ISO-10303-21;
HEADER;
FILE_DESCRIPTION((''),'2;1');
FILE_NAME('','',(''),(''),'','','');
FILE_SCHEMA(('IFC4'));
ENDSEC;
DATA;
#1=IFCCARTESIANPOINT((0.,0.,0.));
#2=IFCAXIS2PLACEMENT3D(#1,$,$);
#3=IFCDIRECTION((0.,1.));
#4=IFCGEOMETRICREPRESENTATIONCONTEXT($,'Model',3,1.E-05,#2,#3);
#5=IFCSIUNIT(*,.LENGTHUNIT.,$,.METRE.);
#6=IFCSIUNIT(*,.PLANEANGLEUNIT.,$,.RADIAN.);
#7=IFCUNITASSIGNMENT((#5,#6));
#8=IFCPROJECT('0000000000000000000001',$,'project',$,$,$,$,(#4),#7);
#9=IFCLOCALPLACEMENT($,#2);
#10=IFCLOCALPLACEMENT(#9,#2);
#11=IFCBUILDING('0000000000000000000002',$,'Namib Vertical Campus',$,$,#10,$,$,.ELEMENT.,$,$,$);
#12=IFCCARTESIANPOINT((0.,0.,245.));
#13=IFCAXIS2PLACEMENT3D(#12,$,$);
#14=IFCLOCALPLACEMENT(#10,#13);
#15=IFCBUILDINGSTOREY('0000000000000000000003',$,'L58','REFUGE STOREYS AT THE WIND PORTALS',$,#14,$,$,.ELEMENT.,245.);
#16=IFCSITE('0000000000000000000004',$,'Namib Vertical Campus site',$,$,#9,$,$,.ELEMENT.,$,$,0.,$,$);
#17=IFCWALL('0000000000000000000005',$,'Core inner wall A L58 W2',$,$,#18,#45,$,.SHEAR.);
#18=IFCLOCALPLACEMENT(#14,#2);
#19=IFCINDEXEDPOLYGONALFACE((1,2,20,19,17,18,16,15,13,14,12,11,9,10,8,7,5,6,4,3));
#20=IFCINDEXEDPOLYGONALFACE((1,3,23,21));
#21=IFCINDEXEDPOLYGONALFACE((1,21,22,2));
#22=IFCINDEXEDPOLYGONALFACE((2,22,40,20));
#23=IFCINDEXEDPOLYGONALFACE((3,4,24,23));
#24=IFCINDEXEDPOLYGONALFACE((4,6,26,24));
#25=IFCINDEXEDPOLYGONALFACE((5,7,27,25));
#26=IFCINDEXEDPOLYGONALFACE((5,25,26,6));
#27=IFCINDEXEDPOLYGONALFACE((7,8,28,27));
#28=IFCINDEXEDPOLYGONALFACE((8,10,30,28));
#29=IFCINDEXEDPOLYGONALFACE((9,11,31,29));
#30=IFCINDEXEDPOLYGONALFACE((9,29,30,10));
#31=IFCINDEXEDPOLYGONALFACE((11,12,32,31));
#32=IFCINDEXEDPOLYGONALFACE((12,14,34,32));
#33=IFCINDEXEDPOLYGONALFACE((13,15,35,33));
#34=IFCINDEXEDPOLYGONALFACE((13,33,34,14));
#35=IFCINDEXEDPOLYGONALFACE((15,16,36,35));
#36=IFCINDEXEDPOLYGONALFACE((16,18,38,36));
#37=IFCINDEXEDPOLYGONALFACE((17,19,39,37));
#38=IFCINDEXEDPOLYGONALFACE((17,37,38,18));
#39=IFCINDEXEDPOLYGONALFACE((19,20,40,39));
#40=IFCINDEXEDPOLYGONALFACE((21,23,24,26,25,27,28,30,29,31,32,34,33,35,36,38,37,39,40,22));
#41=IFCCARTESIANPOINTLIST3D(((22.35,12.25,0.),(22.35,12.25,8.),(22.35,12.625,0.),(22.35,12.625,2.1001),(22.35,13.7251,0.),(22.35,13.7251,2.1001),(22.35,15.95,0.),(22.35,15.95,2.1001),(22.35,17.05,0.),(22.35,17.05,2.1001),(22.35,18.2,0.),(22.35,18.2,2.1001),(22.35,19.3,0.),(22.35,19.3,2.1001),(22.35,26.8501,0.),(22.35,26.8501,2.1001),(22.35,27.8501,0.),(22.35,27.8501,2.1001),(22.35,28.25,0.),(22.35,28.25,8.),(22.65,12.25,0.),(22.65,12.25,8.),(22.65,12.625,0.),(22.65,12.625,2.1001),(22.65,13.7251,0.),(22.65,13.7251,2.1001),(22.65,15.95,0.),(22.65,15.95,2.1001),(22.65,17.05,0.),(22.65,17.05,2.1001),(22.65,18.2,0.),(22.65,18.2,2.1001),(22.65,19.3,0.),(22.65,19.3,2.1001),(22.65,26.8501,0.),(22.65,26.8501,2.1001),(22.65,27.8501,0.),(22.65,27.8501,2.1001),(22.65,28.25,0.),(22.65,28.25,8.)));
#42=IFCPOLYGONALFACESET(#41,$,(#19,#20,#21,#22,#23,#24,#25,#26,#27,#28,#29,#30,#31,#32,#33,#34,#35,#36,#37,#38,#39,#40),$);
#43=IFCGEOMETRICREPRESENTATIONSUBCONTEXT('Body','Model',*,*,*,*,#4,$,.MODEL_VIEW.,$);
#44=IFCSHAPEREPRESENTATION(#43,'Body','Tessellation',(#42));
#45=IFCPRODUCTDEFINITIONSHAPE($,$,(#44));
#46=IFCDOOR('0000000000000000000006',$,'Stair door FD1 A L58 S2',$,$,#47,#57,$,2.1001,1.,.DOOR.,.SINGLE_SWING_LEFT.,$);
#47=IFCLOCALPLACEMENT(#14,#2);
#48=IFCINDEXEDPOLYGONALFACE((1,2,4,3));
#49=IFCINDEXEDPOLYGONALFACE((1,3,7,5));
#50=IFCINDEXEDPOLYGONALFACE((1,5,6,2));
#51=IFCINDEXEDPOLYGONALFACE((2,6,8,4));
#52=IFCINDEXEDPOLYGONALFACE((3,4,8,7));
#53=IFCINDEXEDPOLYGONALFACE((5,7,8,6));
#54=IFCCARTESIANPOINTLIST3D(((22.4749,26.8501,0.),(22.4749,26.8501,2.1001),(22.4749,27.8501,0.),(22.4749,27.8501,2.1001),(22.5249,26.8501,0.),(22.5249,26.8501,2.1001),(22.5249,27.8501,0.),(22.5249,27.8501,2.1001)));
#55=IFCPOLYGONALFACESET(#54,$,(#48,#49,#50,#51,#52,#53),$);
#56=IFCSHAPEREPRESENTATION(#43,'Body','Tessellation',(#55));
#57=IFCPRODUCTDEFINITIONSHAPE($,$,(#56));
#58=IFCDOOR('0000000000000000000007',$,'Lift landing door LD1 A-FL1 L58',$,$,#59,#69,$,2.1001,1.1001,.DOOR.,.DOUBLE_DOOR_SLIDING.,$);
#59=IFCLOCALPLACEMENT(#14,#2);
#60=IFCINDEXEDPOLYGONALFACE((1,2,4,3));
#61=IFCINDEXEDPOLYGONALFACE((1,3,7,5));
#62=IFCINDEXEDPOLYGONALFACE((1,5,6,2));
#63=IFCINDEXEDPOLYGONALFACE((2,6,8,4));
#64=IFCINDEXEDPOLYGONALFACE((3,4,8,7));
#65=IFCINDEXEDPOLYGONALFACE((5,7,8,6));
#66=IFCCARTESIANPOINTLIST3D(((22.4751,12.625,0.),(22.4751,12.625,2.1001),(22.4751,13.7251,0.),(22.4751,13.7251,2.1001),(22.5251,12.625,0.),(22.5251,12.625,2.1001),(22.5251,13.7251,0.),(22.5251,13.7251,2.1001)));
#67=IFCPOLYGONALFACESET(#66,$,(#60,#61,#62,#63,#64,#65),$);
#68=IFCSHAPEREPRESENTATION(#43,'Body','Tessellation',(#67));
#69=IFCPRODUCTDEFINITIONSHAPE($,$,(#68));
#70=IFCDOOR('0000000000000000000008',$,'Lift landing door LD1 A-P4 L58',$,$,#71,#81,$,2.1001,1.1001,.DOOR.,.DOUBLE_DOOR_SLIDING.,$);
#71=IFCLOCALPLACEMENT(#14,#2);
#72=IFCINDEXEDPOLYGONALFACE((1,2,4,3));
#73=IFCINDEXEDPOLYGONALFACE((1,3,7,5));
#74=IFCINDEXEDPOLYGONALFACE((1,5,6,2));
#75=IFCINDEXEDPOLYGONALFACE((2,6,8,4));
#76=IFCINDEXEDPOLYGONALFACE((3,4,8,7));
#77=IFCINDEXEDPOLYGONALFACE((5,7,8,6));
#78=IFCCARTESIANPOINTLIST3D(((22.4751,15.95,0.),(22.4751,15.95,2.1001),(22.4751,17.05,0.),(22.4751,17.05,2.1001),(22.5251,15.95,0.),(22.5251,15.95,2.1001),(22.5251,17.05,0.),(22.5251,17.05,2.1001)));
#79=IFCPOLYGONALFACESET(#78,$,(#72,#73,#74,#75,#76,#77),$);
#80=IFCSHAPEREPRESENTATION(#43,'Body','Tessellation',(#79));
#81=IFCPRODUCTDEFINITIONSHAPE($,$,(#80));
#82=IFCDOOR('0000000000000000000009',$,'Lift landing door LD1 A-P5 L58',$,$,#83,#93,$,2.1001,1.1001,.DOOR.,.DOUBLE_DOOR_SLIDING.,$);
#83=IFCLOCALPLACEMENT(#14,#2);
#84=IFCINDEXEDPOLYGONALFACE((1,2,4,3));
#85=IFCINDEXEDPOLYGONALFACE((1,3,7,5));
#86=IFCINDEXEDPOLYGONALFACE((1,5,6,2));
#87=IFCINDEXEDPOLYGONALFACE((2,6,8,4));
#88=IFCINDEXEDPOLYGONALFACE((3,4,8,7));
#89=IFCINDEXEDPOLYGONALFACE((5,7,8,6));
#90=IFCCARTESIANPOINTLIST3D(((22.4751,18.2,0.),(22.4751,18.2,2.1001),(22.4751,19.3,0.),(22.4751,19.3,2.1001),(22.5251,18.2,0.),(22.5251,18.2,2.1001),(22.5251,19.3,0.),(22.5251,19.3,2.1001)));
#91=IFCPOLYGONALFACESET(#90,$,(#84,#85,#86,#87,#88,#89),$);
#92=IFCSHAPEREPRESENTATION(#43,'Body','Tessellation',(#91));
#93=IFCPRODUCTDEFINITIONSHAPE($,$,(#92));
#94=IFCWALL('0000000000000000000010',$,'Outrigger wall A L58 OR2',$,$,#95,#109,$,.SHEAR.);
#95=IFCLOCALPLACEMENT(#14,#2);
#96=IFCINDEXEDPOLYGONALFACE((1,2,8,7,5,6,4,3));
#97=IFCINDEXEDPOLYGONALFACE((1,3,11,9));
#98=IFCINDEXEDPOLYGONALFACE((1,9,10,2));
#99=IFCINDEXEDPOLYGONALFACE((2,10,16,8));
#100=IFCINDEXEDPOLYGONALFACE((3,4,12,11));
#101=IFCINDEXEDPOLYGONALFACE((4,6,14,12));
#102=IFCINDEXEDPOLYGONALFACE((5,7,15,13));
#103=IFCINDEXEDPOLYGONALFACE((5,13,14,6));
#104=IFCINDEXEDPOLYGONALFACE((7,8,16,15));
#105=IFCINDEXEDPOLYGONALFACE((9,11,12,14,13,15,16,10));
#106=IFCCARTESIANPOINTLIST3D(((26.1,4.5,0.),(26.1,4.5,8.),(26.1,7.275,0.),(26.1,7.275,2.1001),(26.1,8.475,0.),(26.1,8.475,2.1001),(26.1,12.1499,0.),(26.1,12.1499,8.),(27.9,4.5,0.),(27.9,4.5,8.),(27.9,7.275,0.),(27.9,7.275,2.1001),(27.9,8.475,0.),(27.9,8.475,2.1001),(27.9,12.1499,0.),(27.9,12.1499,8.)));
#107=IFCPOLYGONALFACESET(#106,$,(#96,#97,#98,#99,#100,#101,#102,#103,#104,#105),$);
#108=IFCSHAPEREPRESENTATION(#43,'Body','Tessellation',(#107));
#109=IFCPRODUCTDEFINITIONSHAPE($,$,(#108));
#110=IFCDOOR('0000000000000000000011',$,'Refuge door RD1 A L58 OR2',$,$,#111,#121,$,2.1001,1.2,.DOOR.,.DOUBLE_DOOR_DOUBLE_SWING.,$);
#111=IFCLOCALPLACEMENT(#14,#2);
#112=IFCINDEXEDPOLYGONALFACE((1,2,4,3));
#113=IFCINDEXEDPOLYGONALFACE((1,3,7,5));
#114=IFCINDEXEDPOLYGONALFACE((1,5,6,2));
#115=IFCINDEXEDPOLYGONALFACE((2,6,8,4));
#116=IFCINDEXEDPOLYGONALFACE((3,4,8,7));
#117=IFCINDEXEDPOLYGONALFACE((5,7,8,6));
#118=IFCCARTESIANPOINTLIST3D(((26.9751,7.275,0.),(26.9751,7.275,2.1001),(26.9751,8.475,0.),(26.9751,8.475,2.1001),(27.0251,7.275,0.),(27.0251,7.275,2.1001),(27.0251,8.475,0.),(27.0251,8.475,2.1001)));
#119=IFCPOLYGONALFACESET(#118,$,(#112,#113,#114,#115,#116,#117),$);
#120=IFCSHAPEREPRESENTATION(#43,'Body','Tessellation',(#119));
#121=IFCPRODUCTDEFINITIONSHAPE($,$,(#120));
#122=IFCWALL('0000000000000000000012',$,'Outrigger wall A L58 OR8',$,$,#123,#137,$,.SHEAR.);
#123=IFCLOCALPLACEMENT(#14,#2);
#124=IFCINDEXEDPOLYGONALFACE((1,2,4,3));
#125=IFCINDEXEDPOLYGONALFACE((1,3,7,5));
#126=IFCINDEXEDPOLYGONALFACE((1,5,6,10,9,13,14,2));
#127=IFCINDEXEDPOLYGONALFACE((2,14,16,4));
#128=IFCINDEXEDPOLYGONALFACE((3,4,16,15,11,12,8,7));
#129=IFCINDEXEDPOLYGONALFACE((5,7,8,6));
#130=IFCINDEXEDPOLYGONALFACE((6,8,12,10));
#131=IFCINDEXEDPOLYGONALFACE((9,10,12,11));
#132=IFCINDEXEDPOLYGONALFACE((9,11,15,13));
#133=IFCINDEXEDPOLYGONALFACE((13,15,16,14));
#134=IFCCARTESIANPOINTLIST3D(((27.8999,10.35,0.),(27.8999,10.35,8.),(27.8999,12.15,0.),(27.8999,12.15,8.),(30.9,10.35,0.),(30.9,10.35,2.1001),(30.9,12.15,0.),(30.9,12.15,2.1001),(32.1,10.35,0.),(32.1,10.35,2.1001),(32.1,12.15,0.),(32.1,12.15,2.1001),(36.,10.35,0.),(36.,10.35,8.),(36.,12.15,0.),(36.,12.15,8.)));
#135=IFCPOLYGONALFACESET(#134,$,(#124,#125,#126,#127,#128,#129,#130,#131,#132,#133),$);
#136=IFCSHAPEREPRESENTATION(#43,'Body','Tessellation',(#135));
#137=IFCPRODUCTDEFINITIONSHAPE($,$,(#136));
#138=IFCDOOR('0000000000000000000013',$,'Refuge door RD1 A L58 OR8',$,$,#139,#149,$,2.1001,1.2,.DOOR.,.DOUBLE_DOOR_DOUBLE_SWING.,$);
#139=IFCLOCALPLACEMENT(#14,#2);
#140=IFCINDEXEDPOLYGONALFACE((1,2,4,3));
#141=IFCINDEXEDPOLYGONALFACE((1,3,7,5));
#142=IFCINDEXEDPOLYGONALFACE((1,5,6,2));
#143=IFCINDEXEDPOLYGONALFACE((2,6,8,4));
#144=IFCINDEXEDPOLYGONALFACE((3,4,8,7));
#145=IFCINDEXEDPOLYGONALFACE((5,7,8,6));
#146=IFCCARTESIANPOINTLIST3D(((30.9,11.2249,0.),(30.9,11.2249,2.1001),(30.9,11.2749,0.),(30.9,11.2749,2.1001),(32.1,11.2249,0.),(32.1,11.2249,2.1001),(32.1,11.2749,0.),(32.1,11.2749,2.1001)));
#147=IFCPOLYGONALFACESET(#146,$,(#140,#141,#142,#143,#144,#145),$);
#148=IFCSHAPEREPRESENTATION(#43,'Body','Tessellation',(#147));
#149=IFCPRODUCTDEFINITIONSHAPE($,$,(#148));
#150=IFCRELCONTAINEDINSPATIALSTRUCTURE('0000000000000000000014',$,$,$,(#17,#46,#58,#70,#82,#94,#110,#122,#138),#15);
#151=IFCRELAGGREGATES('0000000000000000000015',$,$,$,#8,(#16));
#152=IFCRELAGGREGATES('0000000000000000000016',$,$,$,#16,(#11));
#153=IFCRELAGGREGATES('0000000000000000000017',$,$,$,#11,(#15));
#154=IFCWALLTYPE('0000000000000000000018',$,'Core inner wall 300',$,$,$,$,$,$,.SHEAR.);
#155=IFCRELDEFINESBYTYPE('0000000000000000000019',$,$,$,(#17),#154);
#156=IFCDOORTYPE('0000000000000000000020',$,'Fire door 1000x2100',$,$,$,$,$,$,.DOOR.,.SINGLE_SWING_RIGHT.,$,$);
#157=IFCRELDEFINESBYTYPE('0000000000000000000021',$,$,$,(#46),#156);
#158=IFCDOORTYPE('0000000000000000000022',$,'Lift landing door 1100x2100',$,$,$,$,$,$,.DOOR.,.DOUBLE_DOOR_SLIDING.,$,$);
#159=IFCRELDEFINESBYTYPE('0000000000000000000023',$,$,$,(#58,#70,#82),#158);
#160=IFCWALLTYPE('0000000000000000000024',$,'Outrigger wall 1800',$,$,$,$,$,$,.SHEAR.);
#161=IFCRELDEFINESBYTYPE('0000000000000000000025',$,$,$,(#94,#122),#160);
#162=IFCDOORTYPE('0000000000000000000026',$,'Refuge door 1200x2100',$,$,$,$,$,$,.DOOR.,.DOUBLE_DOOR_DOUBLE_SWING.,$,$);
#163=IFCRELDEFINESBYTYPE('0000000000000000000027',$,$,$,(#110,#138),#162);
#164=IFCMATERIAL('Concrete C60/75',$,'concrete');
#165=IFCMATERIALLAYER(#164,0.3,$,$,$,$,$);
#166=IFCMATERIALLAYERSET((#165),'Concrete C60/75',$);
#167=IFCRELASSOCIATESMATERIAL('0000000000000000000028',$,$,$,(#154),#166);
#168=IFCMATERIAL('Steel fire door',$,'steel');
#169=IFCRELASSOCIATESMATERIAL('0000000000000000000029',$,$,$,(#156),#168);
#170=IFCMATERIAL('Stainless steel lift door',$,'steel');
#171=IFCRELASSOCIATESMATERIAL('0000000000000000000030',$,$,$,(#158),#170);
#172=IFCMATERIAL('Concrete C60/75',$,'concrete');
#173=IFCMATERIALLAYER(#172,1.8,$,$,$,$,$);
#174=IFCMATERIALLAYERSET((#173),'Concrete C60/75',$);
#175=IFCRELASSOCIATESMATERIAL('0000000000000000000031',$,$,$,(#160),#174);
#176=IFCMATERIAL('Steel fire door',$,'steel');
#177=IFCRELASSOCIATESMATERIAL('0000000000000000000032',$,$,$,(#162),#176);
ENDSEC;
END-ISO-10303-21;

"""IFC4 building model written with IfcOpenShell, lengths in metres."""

from ifc_helpers import new_model, si_unit, direction, frame, frame_2d, origin, place, context, subcontext, project, spatial, rectangle, extrude, material, layer, layer_set, type_object, element, fill, save


model = new_model("IFC4")

# Units and contexts
model_context = context("Model", 3, precision=1e-05, world=origin(), true_north=direction((0.0, 1.0)))
body_context = subcontext(model_context, "Body", "Model", "MODEL_VIEW")
ifc_project = project(units=[si_unit("LENGTHUNIT", "METRE"), si_unit("PLANEANGLEUNIT", "RADIAN")], contexts=[model_context])

# Site, building, storey
site_placement = place(None, origin())
site = spatial("IfcSite", under=ifc_project, at=site_placement, Name="Namib Vertical Campus site", CompositionType="ELEMENT", RefElevation=0.0)
building_placement = place(site_placement, origin())
building = spatial("IfcBuilding", under=site, at=building_placement, Name="Namib Vertical Campus", CompositionType="ELEMENT")
storey_placement = place(building_placement, frame((0.0, 0.0, 245.0)))
storey = spatial("IfcBuildingStorey", under=building, at=storey_placement, Name="L58", Description="REFUGE STOREYS AT THE WIND PORTALS", CompositionType="ELEMENT", Elevation=245.0)

# Wall, openings, doors
ifc_material_1 = material(Name="Concrete C60/75", Category="concrete")
ifc_layer_1 = layer(ifc_material_1, 0.3)
ifc_layer_set_1 = layer_set([ifc_layer_1], Name="Concrete C60/75")
wall_type_1 = type_object("IfcWallType", Name="Core inner wall 300", PredefinedType="SHEAR", material=ifc_layer_set_1)
ifc_material_2 = material(Name="Steel fire door", Category="steel")
door_type_1 = type_object("IfcDoorType", Name="Fire door 1000x2100", OperationType="SINGLE_SWING_RIGHT", PredefinedType="DOOR", material=ifc_material_2)
ifc_material_3 = material(Name="Stainless steel lift door", Category="steel")
door_type_2 = type_object("IfcDoorType", Name="Lift landing door 1100x2100", OperationType="DOUBLE_DOOR_SLIDING", PredefinedType="DOOR", material=ifc_material_3)
wall_1_placement = place(storey_placement, frame((22.5, 12.25, 0.0), z_axis=(0.0, 0.0, 1.0), x_axis=(0.0, 1.0, 0.0)))
wall_1 = element("IfcWall", 1, at=wall_1_placement, inside=storey, type_object=wall_type_1, Name="Core inner wall A L58 W2", PredefinedType="SHEAR", context=body_context, shape_type="SweptSolid", body=[
    extrude(rectangle(XDim=16.0, YDim=0.3, at=frame_2d((8.0, 0.0))), origin(), (0.0, 0.0, 1.0), 8.0),
])
opening_1_placement = place(wall_1_placement, frame((14.6001, 0.0, 0.0)))
opening_1 = element("IfcOpeningElement", 2, at=opening_1_placement, cuts=wall_1, PredefinedType="OPENING", context=body_context, shape_type="SweptSolid", body=[
    extrude(rectangle(XDim=1.0, YDim=2.1001, at=frame_2d((0.5, 1.05))), frame((0.0, 0.1599, 0.0), z_axis=(0.0, -1.0, 0.0), x_axis=(1.0, 0.0, 0.0)), (0.0, 0.0, 1.0), 0.3201),
])
opening_2_placement = place(wall_1_placement, frame((0.375, 0.0, 0.0)))
opening_2 = element("IfcOpeningElement", 3, at=opening_2_placement, cuts=wall_1, PredefinedType="OPENING", context=body_context, shape_type="SweptSolid", body=[
    extrude(rectangle(XDim=1.1001, YDim=2.1001, at=frame_2d((0.55, 1.05))), frame((0.0, 0.1599, 0.0), z_axis=(0.0, -1.0, 0.0), x_axis=(1.0, 0.0, 0.0)), (0.0, 0.0, 1.0), 0.3201),
])
opening_3_placement = place(wall_1_placement, frame((3.7, 0.0, 0.0)))
opening_3 = element("IfcOpeningElement", 4, at=opening_3_placement, cuts=wall_1, PredefinedType="OPENING", context=body_context, shape_type="SweptSolid", body=[
    extrude(rectangle(XDim=1.1001, YDim=2.1001, at=frame_2d((0.55, 1.05))), frame((0.0, 0.1599, 0.0), z_axis=(0.0, -1.0, 0.0), x_axis=(1.0, 0.0, 0.0)), (0.0, 0.0, 1.0), 0.3201),
])
opening_4_placement = place(wall_1_placement, frame((5.95, 0.0, 0.0)))
opening_4 = element("IfcOpeningElement", 5, at=opening_4_placement, cuts=wall_1, PredefinedType="OPENING", context=body_context, shape_type="SweptSolid", body=[
    extrude(rectangle(XDim=1.1001, YDim=2.1001, at=frame_2d((0.55, 1.05))), frame((0.0, 0.1599, 0.0), z_axis=(0.0, -1.0, 0.0), x_axis=(1.0, 0.0, 0.0)), (0.0, 0.0, 1.0), 0.3201),
])
door_1_placement = place(opening_1_placement, frame((1.0, 0.0, 0.0), z_axis=(0.0, 0.0, 1.0), x_axis=(-1.0, 0.0, 0.0)))
door_1 = element("IfcDoor", 6, at=door_1_placement, inside=storey, type_object=door_type_1, Name="Stair door FD1 A L58 S2", OperationType="SINGLE_SWING_LEFT", OverallHeight=2.1001, OverallWidth=1.0, PredefinedType="DOOR", context=body_context, shape_type="SweptSolid", body=[
    extrude(rectangle(XDim=1.0, YDim=2.1001, at=frame_2d((0.5, 1.05))), frame((0.0, 0.0249, 0.0), z_axis=(0.0, -1.0, 0.0), x_axis=(1.0, 0.0, 0.0)), (0.0, 0.0, 1.0), 0.05),
])
fill(opening_1, door_1)
door_2_placement = place(opening_2_placement, origin())
door_2 = element("IfcDoor", 7, at=door_2_placement, inside=storey, type_object=door_type_2, Name="Lift landing door LD1 A-FL1 L58", OperationType="DOUBLE_DOOR_SLIDING", OverallHeight=2.1001, OverallWidth=1.1001, PredefinedType="DOOR", context=body_context, shape_type="SweptSolid", body=[
    extrude(rectangle(XDim=1.1001, YDim=2.1001, at=frame_2d((0.55, 1.05))), frame((0.0, 0.0249, 0.0), z_axis=(0.0, -1.0, 0.0), x_axis=(1.0, 0.0, 0.0)), (0.0, 0.0, 1.0), 0.05),
])
fill(opening_2, door_2)
door_3_placement = place(opening_3_placement, origin())
door_3 = element("IfcDoor", 8, at=door_3_placement, inside=storey, type_object=door_type_2, Name="Lift landing door LD1 A-P4 L58", OperationType="DOUBLE_DOOR_SLIDING", OverallHeight=2.1001, OverallWidth=1.1001, PredefinedType="DOOR", context=body_context, shape_type="SweptSolid", body=[
    extrude(rectangle(XDim=1.1001, YDim=2.1001, at=frame_2d((0.55, 1.05))), frame((0.0, 0.0249, 0.0), z_axis=(0.0, -1.0, 0.0), x_axis=(1.0, 0.0, 0.0)), (0.0, 0.0, 1.0), 0.05),
])
fill(opening_3, door_3)
door_4_placement = place(opening_4_placement, origin())
door_4 = element("IfcDoor", 9, at=door_4_placement, inside=storey, type_object=door_type_2, Name="Lift landing door LD1 A-P5 L58", OperationType="DOUBLE_DOOR_SLIDING", OverallHeight=2.1001, OverallWidth=1.1001, PredefinedType="DOOR", context=body_context, shape_type="SweptSolid", body=[
    extrude(rectangle(XDim=1.1001, YDim=2.1001, at=frame_2d((0.55, 1.05))), frame((0.0, 0.0249, 0.0), z_axis=(0.0, -1.0, 0.0), x_axis=(1.0, 0.0, 0.0)), (0.0, 0.0, 1.0), 0.05),
])
fill(opening_4, door_4)

# Walls, openings, doors
ifc_material_4 = material(Name="Concrete C60/75", Category="concrete")
ifc_layer_2 = layer(ifc_material_4, 1.8)
ifc_layer_set_2 = layer_set([ifc_layer_2], Name="Concrete C60/75")
wall_type_2 = type_object("IfcWallType", Name="Outrigger wall 1800", PredefinedType="SHEAR", material=ifc_layer_set_2)
wall_2_placement = place(storey_placement, frame((27.0, 4.5, 0.0), z_axis=(0.0, 0.0, 1.0), x_axis=(0.0, 1.0, 0.0)))
wall_2 = element("IfcWall", 10, at=wall_2_placement, inside=storey, type_object=wall_type_2, Name="Outrigger wall A L58 OR2", PredefinedType="SHEAR", context=body_context, shape_type="SweptSolid", body=[
    extrude(rectangle(XDim=7.6499, YDim=1.8, at=frame_2d((3.825, 0.0))), origin(), (0.0, 0.0, 1.0), 8.0),
])
opening_5_placement = place(wall_2_placement, frame((2.7749, 0.0, 0.0)))
opening_5 = element("IfcOpeningElement", 11, at=opening_5_placement, cuts=wall_2, PredefinedType="OPENING", context=body_context, shape_type="SweptSolid", body=[
    extrude(rectangle(XDim=1.2, YDim=2.1001, at=frame_2d((0.6001, 1.05))), frame((0.0, 0.9099, 0.0), z_axis=(0.0, -1.0, 0.0), x_axis=(1.0, 0.0, 0.0)), (0.0, 0.0, 1.0), 1.8201),
])
ifc_material_5 = material(Name="Steel fire door", Category="steel")
door_type_3 = type_object("IfcDoorType", Name="Refuge door 1200x2100", OperationType="DOUBLE_DOOR_DOUBLE_SWING", PredefinedType="DOOR", material=ifc_material_5)
door_5_placement = place(opening_5_placement, origin())
door_5 = element("IfcDoor", 12, at=door_5_placement, inside=storey, type_object=door_type_3, Name="Refuge door RD1 A L58 OR2", OperationType="DOUBLE_DOOR_DOUBLE_SWING", OverallHeight=2.1001, OverallWidth=1.2, PredefinedType="DOOR", context=body_context, shape_type="SweptSolid", body=[
    extrude(rectangle(XDim=1.2, YDim=2.1001, at=frame_2d((0.6001, 1.05))), frame((0.0, 0.0249, 0.0), z_axis=(0.0, -1.0, 0.0), x_axis=(1.0, 0.0, 0.0)), (0.0, 0.0, 1.0), 0.05),
])
fill(opening_5, door_5)
wall_3_placement = place(storey_placement, frame((27.8999, 11.25, 0.0), z_axis=(0.0, 0.0, 1.0), x_axis=(1.0, 0.0, 0.0)))
wall_3 = element("IfcWall", 13, at=wall_3_placement, inside=storey, type_object=wall_type_2, Name="Outrigger wall A L58 OR8", PredefinedType="SHEAR", context=body_context, shape_type="SweptSolid", body=[
    extrude(rectangle(XDim=8.1001, YDim=1.8, at=frame_2d((4.05, 0.0))), origin(), (0.0, 0.0, 1.0), 8.0),
])
opening_6_placement = place(wall_3_placement, frame((3.0, 0.0, 0.0)))
opening_6 = element("IfcOpeningElement", 14, at=opening_6_placement, cuts=wall_3, PredefinedType="OPENING", context=body_context, shape_type="SweptSolid", body=[
    extrude(rectangle(XDim=1.2, YDim=2.1001, at=frame_2d((0.6001, 1.05))), frame((0.0, 0.9099, 0.0), z_axis=(0.0, -1.0, 0.0), x_axis=(1.0, 0.0, 0.0)), (0.0, 0.0, 1.0), 1.8201),
])
door_6_placement = place(opening_6_placement, origin())
door_6 = element("IfcDoor", 15, at=door_6_placement, inside=storey, type_object=door_type_3, Name="Refuge door RD1 A L58 OR8", OperationType="DOUBLE_DOOR_DOUBLE_SWING", OverallHeight=2.1001, OverallWidth=1.2, PredefinedType="DOOR", context=body_context, shape_type="SweptSolid", body=[
    extrude(rectangle(XDim=1.2, YDim=2.1001, at=frame_2d((0.6001, 1.05))), frame((0.0, 0.0249, 0.0), z_axis=(0.0, -1.0, 0.0), x_axis=(1.0, 0.0, 0.0)), (0.0, 0.0, 1.0), 0.05),
])
fill(opening_6, door_6)

save(model, "model.ifc")
